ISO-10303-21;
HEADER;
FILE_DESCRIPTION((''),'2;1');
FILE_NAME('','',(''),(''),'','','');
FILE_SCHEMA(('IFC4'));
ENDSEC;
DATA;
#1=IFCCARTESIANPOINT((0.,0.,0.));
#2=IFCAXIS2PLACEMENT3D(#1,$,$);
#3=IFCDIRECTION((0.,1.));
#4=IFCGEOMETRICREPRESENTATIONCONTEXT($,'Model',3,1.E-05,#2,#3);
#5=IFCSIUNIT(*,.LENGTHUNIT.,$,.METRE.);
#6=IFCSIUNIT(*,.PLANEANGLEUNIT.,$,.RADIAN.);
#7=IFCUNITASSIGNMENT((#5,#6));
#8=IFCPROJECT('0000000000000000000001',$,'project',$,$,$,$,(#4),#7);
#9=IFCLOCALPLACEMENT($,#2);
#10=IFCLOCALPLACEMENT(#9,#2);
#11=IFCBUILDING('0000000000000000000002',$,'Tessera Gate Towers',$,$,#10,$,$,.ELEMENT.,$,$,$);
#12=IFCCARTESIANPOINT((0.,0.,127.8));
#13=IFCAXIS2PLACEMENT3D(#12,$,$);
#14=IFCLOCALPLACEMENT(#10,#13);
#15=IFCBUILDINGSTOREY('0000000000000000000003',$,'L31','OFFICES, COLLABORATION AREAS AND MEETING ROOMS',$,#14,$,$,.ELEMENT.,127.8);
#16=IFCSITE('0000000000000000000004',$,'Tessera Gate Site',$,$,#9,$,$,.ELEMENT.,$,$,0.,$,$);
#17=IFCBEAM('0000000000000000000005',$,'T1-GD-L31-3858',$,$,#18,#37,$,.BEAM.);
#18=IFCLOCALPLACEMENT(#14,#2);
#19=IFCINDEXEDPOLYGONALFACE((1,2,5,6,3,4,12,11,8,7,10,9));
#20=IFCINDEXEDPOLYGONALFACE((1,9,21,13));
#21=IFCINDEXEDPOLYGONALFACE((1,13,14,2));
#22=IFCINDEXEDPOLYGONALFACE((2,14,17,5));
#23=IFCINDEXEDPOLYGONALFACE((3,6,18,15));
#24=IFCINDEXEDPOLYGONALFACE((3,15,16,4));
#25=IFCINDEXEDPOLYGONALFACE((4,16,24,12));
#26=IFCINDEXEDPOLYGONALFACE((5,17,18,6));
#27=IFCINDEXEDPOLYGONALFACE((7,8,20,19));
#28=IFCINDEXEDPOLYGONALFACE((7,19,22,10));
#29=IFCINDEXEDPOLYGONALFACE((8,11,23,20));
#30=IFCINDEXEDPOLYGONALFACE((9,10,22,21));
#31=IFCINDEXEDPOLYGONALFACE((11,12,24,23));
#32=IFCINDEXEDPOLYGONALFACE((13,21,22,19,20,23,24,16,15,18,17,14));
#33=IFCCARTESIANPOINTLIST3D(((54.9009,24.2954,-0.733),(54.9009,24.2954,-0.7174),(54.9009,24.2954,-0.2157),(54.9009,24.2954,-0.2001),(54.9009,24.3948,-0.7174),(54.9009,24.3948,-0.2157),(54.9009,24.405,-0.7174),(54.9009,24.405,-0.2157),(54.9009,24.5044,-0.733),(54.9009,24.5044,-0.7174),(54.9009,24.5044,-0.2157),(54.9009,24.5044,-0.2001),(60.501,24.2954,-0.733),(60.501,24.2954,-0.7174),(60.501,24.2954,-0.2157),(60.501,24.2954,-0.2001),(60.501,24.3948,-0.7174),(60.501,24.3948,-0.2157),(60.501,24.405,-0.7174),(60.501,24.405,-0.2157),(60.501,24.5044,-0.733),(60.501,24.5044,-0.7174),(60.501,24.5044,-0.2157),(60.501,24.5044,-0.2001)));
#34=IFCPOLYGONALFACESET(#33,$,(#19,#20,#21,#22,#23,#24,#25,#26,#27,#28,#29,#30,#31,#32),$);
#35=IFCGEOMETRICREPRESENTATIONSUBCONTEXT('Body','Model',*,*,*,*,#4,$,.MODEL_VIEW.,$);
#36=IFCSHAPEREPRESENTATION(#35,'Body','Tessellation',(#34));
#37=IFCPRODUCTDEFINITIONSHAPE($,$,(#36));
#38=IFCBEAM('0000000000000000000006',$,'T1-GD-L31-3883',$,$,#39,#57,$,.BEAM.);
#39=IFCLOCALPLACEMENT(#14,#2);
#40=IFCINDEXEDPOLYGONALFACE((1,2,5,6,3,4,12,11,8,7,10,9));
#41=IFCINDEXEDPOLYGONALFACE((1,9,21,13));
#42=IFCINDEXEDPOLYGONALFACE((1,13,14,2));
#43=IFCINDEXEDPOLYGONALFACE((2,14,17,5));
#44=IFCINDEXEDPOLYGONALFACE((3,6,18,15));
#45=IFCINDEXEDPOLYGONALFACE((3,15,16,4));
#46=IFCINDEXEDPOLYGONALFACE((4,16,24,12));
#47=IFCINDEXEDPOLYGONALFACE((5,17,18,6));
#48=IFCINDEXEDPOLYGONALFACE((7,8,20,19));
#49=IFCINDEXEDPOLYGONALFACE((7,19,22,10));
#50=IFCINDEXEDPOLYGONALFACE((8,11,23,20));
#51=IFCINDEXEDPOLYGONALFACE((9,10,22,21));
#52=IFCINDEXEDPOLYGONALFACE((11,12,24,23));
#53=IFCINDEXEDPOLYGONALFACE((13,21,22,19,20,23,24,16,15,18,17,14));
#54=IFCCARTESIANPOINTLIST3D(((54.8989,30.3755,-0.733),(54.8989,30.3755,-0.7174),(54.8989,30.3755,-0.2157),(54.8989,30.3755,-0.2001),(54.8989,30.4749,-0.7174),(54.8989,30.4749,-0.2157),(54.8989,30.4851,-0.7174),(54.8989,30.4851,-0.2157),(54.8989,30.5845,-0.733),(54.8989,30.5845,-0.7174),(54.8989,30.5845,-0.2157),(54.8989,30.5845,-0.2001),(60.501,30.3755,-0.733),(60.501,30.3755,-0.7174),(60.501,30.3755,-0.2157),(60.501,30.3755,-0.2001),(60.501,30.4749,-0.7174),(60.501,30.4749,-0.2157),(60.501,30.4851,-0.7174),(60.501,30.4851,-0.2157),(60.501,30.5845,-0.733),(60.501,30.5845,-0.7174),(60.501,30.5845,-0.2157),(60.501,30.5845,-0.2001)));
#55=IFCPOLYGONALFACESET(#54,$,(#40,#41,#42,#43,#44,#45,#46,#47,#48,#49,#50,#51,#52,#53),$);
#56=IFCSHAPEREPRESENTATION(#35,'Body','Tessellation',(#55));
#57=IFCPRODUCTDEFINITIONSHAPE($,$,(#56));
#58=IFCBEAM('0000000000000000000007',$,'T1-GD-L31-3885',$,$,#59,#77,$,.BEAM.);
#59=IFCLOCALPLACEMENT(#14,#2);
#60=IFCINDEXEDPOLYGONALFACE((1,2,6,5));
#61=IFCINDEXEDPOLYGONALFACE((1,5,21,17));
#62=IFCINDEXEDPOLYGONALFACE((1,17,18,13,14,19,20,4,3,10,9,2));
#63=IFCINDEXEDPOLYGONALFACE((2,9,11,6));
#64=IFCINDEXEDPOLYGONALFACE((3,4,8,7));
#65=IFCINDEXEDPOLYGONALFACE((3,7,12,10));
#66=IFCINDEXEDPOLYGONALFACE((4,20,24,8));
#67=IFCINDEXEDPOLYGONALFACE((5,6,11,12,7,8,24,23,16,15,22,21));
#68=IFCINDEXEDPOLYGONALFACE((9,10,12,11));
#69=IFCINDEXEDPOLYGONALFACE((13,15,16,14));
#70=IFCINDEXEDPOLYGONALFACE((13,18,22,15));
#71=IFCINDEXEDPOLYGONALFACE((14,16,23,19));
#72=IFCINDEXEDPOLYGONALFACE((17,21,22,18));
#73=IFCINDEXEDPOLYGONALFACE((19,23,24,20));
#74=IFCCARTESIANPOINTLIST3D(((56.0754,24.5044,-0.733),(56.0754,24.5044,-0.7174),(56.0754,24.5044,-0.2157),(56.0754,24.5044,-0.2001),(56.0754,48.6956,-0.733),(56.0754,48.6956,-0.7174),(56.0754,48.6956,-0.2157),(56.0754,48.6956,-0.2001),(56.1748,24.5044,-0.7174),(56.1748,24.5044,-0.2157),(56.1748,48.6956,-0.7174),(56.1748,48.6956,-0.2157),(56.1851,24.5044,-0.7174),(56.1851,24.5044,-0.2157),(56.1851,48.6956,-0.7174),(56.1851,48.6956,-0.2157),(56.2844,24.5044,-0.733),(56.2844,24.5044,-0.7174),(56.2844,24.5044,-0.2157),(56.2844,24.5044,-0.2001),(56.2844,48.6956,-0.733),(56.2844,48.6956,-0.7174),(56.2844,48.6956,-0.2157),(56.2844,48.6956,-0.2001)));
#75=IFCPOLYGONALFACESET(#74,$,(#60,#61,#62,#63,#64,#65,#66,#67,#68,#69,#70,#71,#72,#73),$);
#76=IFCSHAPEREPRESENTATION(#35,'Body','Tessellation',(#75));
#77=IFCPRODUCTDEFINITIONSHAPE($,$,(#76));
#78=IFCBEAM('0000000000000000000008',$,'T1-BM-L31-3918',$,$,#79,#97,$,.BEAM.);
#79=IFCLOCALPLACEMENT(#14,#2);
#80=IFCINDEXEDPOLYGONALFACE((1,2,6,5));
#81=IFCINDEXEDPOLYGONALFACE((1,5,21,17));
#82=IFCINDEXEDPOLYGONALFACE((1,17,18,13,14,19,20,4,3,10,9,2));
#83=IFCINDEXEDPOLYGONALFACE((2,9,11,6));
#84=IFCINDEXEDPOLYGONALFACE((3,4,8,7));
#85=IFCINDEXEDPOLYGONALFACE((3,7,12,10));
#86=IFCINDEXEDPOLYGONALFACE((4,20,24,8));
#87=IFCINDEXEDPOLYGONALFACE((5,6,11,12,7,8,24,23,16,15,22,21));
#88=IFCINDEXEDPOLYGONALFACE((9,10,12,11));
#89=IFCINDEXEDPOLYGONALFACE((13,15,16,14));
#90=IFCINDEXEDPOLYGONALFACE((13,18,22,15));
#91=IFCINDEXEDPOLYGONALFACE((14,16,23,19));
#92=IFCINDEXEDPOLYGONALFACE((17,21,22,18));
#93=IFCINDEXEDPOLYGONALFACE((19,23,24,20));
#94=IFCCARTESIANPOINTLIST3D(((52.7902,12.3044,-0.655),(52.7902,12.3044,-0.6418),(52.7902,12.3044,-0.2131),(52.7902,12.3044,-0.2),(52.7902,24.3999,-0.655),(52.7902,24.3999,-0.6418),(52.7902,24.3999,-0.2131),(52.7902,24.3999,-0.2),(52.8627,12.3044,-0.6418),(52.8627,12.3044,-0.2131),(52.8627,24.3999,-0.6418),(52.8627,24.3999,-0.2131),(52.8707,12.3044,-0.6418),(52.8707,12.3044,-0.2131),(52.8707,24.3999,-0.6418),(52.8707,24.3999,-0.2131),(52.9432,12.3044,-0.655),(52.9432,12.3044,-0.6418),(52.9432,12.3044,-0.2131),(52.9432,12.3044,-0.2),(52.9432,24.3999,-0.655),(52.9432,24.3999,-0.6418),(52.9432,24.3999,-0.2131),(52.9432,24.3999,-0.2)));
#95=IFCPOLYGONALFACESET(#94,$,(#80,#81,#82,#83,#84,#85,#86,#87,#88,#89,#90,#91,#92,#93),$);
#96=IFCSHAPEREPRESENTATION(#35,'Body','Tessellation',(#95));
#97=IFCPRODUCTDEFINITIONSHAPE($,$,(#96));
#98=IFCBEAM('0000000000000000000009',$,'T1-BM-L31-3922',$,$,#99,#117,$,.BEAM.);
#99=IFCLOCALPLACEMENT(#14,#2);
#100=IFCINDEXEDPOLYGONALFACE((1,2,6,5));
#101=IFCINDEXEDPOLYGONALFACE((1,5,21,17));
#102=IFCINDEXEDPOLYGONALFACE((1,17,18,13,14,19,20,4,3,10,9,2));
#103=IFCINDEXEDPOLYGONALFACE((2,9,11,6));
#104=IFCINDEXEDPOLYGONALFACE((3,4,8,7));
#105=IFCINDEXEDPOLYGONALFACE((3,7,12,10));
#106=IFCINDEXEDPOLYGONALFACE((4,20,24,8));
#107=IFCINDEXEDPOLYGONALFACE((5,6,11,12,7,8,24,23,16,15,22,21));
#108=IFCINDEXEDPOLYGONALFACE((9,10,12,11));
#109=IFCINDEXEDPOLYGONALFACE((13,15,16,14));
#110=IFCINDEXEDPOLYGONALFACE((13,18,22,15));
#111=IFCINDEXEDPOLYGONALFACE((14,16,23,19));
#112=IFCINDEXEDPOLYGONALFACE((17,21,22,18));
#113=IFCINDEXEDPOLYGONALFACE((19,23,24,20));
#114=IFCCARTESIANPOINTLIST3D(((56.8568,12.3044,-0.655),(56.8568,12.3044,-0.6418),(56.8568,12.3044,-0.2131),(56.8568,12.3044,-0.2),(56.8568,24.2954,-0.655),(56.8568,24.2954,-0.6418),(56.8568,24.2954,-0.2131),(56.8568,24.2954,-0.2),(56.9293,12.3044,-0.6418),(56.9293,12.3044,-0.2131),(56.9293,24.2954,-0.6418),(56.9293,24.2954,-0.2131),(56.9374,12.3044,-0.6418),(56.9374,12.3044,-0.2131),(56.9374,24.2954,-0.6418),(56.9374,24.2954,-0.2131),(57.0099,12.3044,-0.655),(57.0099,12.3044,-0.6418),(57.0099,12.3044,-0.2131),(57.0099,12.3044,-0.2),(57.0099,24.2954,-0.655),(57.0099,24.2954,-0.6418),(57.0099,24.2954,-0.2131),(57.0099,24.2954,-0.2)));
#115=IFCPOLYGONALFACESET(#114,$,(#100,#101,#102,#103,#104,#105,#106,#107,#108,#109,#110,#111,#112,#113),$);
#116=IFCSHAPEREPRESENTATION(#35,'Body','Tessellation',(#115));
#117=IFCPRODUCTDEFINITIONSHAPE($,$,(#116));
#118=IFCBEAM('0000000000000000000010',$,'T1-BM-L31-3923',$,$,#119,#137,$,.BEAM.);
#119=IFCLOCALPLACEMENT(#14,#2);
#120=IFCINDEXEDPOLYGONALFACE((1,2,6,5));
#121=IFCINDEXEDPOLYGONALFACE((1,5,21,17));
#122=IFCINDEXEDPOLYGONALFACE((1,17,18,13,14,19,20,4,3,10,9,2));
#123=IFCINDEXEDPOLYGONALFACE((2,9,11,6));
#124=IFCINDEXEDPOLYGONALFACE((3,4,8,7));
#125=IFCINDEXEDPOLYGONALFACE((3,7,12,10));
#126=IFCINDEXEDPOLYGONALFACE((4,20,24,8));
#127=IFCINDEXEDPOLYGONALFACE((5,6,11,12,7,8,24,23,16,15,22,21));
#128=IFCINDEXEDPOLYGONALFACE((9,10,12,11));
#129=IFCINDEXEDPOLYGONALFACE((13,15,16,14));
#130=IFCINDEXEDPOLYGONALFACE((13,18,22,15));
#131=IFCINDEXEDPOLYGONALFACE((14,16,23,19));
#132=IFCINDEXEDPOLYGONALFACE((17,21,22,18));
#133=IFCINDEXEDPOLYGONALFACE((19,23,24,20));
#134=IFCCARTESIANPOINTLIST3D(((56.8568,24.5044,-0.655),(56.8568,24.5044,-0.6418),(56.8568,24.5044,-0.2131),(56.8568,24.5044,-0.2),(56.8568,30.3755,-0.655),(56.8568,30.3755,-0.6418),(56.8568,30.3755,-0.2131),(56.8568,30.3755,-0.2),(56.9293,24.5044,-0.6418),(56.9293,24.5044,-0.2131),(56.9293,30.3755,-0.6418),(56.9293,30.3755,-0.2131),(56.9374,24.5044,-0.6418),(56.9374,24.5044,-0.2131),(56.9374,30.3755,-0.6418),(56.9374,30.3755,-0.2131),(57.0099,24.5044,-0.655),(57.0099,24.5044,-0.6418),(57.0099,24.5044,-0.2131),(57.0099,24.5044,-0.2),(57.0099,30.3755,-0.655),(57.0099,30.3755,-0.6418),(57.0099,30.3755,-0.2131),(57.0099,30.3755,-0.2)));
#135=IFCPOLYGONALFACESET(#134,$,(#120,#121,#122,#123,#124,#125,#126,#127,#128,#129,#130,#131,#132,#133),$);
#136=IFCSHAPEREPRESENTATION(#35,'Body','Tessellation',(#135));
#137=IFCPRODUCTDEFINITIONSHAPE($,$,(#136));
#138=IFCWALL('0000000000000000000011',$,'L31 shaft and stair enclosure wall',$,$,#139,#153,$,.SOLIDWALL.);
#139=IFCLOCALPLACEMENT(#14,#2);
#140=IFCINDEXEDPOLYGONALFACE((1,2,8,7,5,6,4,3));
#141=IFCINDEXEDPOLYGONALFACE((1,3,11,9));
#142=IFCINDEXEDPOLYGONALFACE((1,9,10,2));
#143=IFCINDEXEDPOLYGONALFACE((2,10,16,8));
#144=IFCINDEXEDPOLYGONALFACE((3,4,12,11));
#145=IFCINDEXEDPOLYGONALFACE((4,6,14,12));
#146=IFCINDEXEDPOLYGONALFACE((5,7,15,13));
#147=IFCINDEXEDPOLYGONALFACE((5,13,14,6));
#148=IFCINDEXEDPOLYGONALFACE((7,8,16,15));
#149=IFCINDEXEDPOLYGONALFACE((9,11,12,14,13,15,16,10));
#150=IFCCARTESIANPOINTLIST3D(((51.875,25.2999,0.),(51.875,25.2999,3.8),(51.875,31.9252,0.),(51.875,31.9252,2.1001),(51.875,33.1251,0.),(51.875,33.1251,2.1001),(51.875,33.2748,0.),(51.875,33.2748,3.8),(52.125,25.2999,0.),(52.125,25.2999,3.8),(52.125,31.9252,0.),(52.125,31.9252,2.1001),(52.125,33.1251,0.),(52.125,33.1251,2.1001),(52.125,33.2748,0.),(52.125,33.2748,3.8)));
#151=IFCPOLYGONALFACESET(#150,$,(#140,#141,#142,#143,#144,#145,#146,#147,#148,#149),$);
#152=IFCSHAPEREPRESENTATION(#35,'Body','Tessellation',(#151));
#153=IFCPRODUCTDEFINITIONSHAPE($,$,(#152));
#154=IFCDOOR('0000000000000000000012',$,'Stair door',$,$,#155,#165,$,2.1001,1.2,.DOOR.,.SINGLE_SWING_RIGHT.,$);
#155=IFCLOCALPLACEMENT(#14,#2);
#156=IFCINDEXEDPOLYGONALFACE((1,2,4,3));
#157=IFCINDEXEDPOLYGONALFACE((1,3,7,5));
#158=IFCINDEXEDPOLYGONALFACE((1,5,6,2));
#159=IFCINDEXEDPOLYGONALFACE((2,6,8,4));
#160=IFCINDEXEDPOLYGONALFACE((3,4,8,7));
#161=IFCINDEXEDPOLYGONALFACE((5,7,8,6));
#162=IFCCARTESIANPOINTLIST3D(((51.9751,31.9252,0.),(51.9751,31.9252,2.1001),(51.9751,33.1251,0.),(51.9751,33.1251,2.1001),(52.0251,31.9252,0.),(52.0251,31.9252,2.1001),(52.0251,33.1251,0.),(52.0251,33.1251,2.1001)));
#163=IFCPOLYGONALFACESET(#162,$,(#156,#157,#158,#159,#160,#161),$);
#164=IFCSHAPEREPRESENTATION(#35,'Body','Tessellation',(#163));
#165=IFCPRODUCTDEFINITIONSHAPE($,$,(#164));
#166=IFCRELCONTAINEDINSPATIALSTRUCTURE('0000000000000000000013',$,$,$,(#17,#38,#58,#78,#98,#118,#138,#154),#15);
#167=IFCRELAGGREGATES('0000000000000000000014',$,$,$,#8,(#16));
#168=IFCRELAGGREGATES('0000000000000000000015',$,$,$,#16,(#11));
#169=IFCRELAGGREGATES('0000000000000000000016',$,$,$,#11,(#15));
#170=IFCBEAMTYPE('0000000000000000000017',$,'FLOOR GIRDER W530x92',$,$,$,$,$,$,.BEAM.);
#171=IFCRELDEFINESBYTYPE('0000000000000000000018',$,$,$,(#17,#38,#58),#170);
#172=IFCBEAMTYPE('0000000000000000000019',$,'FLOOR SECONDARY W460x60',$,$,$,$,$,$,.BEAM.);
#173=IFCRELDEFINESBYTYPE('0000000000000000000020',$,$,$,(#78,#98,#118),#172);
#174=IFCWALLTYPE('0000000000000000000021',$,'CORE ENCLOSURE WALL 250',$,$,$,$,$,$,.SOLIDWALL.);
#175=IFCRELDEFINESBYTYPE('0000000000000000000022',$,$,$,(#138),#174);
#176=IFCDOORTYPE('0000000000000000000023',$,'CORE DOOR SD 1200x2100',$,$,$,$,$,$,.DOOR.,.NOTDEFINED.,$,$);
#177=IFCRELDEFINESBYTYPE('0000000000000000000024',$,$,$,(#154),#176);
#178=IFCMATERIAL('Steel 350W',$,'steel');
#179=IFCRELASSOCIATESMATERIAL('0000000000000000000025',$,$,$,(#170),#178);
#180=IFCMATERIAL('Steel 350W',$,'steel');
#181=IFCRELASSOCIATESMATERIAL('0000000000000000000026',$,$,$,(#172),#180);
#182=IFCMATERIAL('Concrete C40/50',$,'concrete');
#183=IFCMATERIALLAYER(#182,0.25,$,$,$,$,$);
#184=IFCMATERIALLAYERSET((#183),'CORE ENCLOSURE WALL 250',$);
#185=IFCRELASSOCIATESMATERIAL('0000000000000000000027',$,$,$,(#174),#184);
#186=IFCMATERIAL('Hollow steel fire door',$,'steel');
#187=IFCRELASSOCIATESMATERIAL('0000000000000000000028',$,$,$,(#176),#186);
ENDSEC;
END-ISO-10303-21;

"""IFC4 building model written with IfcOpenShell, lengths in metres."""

from ifc_helpers import new_model, si_unit, direction, frame, frame_2d, origin, origin_2d, place, context, subcontext, project, spatial, rectangle, i_section, extrude, source, transform, mapped, material, layer, layer_set, material_profile, profile_set, type_object, element, fill, save


model = new_model("IFC4")

# Units and contexts
model_context = context("Model", 3, precision=1e-05, world=origin(), true_north=direction((0.0, 1.0)))
body_context = subcontext(model_context, "Body", "Model", "MODEL_VIEW")
ifc_project = project(units=[si_unit("LENGTHUNIT", "METRE"), si_unit("PLANEANGLEUNIT", "RADIAN")], contexts=[model_context])

# Site, building, storey
site_placement = place(None, origin())
site = spatial("IfcSite", under=ifc_project, at=site_placement, Name="Tessera Gate Site", CompositionType="ELEMENT", RefElevation=0.0)
building_placement = place(site_placement, origin())
building = spatial("IfcBuilding", under=site, at=building_placement, Name="Tessera Gate Towers", CompositionType="ELEMENT")
storey_placement = place(building_placement, frame((0.0, 0.0, 127.8)))
storey = spatial("IfcBuildingStorey", under=building, at=storey_placement, Name="L31", Description="OFFICES, COLLABORATION AREAS AND MEETING ROOMS", CompositionType="ELEMENT", Elevation=127.8)

# Beams
ifc_material_1 = material(Name="Steel 350W", Category="steel")
ifc_material_profile_1 = material_profile(ifc_material_1, i_section(OverallWidth=0.209, OverallDepth=0.533, WebThickness=0.0103, FlangeThickness=0.0156, at=origin_2d()), Name="W530x92")
ifc_profile_set_1 = profile_set([ifc_material_profile_1], Name="Steel 350W")
beam_type_1 = type_object("IfcBeamType", Name="FLOOR GIRDER W530x92", PredefinedType="BEAM", material=ifc_profile_set_1)
beam_1_placement = place(storey_placement, frame((54.9009, 24.3999, -0.4666), z_axis=(1.0, 0.0, 0.0), x_axis=(0.0, 1.0, 0.0)))
element("IfcBeam", 1, at=beam_1_placement, inside=storey, type_object=beam_type_1, Name="T1-GD-L31-3858", PredefinedType="BEAM", context=body_context, shape_type="SweptSolid", body=[
    extrude(i_section(OverallWidth=0.209, OverallDepth=0.533, WebThickness=0.0103, FlangeThickness=0.0156, at=origin_2d()), origin(), (0.0, 0.0, 1.0), 5.6001),
])
beam_2_placement = place(storey_placement, frame((54.8989, 30.48, -0.4666), z_axis=(1.0, 0.0, 0.0), x_axis=(0.0, 1.0, 0.0)))
element("IfcBeam", 2, at=beam_2_placement, inside=storey, type_object=beam_type_1, Name="T1-GD-L31-3883", PredefinedType="BEAM", context=body_context, shape_type="SweptSolid", body=[
    extrude(i_section(OverallWidth=0.209, OverallDepth=0.533, WebThickness=0.0103, FlangeThickness=0.0156, at=origin_2d()), origin(), (0.0, 0.0, 1.0), 5.6021),
])
beam_3_placement = place(storey_placement, frame((56.1799, 24.5044, -0.4666), z_axis=(0.0, 1.0, 0.0), x_axis=(-1.0, 0.0, 0.0)))
element("IfcBeam", 3, at=beam_3_placement, inside=storey, type_object=beam_type_1, Name="T1-GD-L31-3885", PredefinedType="BEAM", context=body_context, shape_type="SweptSolid", body=[
    extrude(i_section(OverallWidth=0.209, OverallDepth=0.533, WebThickness=0.0103, FlangeThickness=0.0156, at=origin_2d()), origin(), (0.0, 0.0, 1.0), 24.1912),
])
ifc_material_2 = material(Name="Steel 350W", Category="steel")
ifc_material_profile_2 = material_profile(ifc_material_2, i_section(OverallWidth=0.1531, OverallDepth=0.4551, WebThickness=0.0081, FlangeThickness=0.0132, at=origin_2d()), Name="W460x60")
ifc_profile_set_2 = profile_set([ifc_material_profile_2], Name="Steel 350W")
beam_type_2 = type_object("IfcBeamType", Name="FLOOR SECONDARY W460x60", PredefinedType="BEAM", material=ifc_profile_set_2)
beam_4_placement = place(storey_placement, frame((52.8667, 12.3044, -0.4275), z_axis=(0.0, 1.0, 0.0), x_axis=(-1.0, 0.0, 0.0)))
element("IfcBeam", 4, at=beam_4_placement, inside=storey, type_object=beam_type_2, Name="T1-BM-L31-3918", PredefinedType="BEAM", context=body_context, shape_type="SweptSolid", body=[
    extrude(i_section(OverallWidth=0.1531, OverallDepth=0.4551, WebThickness=0.0081, FlangeThickness=0.0132, at=origin_2d()), origin(), (0.0, 0.0, 1.0), 12.0955),
])
beam_5_placement = place(storey_placement, frame((56.9333, 12.3044, -0.4275), z_axis=(0.0, 1.0, 0.0), x_axis=(-1.0, 0.0, 0.0)))
element("IfcBeam", 5, at=beam_5_placement, inside=storey, type_object=beam_type_2, Name="T1-BM-L31-3922", PredefinedType="BEAM", context=body_context, shape_type="SweptSolid", body=[
    extrude(i_section(OverallWidth=0.1531, OverallDepth=0.4551, WebThickness=0.0081, FlangeThickness=0.0132, at=origin_2d()), origin(), (0.0, 0.0, 1.0), 11.991),
])
beam_6_placement = place(storey_placement, frame((56.9333, 24.5044, -0.4275), z_axis=(0.0, 1.0, 0.0), x_axis=(-1.0, 0.0, 0.0)))
element("IfcBeam", 6, at=beam_6_placement, inside=storey, type_object=beam_type_2, Name="T1-BM-L31-3923", PredefinedType="BEAM", context=body_context, shape_type="SweptSolid", body=[
    extrude(i_section(OverallWidth=0.1531, OverallDepth=0.4551, WebThickness=0.0081, FlangeThickness=0.0132, at=origin_2d()), origin(), (0.0, 0.0, 1.0), 5.8711),
])

# Wall, opening, door
ifc_material_3 = material(Name="Concrete C40/50", Category="concrete")
ifc_layer_1 = layer(ifc_material_3, 0.25)
ifc_layer_set_1 = layer_set([ifc_layer_1], Name="CORE ENCLOSURE WALL 250")
wall_type_1 = type_object("IfcWallType", Name="CORE ENCLOSURE WALL 250", PredefinedType="SOLIDWALL", material=ifc_layer_set_1)
wall_1_placement = place(storey_placement, frame((52.0, 25.3, 0.0), z_axis=(0.0, 0.0, 1.0), x_axis=(0.0, 1.0, 0.0)))
wall_1 = element("IfcWall", 7, at=wall_1_placement, inside=storey, type_object=wall_type_1, Name="L31 shaft and stair enclosure wall", PredefinedType="SOLIDWALL", context=body_context, shape_type="SweptSolid", body=[
    extrude(rectangle(XDim=7.9749, YDim=0.25, at=frame_2d((3.9873, 0.0))), origin(), (0.0, 0.0, 1.0), 3.8),
])
shared_shape_1 = source(origin(), body_context, "Body", "SweptSolid", [
    extrude(rectangle(XDim=1.2, YDim=2.1001, at=frame_2d((0.6001, 1.05))), frame((0.0, 0.135, 0.0), z_axis=(0.0, -1.0, 0.0), x_axis=(1.0, 0.0, 0.0)), (0.0, 0.0, 1.0), 0.27),
])
opening_1_placement = place(wall_1_placement, frame((6.625, 0.0, 0.0)))
opening_1 = element("IfcOpeningElement", 8, at=opening_1_placement, cuts=wall_1, PredefinedType="OPENING", context=body_context, shape_type="MappedRepresentation", body=[
    mapped(shared_shape_1, transform((0.0, 0.0, 0.0), scale=1.0)),
])
ifc_material_4 = material(Name="Hollow steel fire door", Category="steel")
door_type_1 = type_object("IfcDoorType", Name="CORE DOOR SD 1200x2100", OperationType="NOTDEFINED", PredefinedType="DOOR", material=ifc_material_4)
shared_shape_2 = source(origin(), body_context, "Body", "SweptSolid", [
    extrude(rectangle(XDim=1.2, YDim=2.1001, at=frame_2d((0.6001, 1.05))), frame((0.0, 0.0249, 0.0), z_axis=(0.0, -1.0, 0.0), x_axis=(1.0, 0.0, 0.0)), (0.0, 0.0, 1.0), 0.05),
])
door_1_placement = place(opening_1_placement, origin())
door_1 = element("IfcDoor", 9, at=door_1_placement, inside=storey, type_object=door_type_1, Name="Stair door", OperationType="SINGLE_SWING_RIGHT", OverallHeight=2.1001, OverallWidth=1.2, PredefinedType="DOOR", context=body_context, shape_type="MappedRepresentation", body=[
    mapped(shared_shape_2, transform((0.0, 0.0, 0.0), scale=1.0)),
])
fill(opening_1, door_1)

save(model, "model.ifc")
